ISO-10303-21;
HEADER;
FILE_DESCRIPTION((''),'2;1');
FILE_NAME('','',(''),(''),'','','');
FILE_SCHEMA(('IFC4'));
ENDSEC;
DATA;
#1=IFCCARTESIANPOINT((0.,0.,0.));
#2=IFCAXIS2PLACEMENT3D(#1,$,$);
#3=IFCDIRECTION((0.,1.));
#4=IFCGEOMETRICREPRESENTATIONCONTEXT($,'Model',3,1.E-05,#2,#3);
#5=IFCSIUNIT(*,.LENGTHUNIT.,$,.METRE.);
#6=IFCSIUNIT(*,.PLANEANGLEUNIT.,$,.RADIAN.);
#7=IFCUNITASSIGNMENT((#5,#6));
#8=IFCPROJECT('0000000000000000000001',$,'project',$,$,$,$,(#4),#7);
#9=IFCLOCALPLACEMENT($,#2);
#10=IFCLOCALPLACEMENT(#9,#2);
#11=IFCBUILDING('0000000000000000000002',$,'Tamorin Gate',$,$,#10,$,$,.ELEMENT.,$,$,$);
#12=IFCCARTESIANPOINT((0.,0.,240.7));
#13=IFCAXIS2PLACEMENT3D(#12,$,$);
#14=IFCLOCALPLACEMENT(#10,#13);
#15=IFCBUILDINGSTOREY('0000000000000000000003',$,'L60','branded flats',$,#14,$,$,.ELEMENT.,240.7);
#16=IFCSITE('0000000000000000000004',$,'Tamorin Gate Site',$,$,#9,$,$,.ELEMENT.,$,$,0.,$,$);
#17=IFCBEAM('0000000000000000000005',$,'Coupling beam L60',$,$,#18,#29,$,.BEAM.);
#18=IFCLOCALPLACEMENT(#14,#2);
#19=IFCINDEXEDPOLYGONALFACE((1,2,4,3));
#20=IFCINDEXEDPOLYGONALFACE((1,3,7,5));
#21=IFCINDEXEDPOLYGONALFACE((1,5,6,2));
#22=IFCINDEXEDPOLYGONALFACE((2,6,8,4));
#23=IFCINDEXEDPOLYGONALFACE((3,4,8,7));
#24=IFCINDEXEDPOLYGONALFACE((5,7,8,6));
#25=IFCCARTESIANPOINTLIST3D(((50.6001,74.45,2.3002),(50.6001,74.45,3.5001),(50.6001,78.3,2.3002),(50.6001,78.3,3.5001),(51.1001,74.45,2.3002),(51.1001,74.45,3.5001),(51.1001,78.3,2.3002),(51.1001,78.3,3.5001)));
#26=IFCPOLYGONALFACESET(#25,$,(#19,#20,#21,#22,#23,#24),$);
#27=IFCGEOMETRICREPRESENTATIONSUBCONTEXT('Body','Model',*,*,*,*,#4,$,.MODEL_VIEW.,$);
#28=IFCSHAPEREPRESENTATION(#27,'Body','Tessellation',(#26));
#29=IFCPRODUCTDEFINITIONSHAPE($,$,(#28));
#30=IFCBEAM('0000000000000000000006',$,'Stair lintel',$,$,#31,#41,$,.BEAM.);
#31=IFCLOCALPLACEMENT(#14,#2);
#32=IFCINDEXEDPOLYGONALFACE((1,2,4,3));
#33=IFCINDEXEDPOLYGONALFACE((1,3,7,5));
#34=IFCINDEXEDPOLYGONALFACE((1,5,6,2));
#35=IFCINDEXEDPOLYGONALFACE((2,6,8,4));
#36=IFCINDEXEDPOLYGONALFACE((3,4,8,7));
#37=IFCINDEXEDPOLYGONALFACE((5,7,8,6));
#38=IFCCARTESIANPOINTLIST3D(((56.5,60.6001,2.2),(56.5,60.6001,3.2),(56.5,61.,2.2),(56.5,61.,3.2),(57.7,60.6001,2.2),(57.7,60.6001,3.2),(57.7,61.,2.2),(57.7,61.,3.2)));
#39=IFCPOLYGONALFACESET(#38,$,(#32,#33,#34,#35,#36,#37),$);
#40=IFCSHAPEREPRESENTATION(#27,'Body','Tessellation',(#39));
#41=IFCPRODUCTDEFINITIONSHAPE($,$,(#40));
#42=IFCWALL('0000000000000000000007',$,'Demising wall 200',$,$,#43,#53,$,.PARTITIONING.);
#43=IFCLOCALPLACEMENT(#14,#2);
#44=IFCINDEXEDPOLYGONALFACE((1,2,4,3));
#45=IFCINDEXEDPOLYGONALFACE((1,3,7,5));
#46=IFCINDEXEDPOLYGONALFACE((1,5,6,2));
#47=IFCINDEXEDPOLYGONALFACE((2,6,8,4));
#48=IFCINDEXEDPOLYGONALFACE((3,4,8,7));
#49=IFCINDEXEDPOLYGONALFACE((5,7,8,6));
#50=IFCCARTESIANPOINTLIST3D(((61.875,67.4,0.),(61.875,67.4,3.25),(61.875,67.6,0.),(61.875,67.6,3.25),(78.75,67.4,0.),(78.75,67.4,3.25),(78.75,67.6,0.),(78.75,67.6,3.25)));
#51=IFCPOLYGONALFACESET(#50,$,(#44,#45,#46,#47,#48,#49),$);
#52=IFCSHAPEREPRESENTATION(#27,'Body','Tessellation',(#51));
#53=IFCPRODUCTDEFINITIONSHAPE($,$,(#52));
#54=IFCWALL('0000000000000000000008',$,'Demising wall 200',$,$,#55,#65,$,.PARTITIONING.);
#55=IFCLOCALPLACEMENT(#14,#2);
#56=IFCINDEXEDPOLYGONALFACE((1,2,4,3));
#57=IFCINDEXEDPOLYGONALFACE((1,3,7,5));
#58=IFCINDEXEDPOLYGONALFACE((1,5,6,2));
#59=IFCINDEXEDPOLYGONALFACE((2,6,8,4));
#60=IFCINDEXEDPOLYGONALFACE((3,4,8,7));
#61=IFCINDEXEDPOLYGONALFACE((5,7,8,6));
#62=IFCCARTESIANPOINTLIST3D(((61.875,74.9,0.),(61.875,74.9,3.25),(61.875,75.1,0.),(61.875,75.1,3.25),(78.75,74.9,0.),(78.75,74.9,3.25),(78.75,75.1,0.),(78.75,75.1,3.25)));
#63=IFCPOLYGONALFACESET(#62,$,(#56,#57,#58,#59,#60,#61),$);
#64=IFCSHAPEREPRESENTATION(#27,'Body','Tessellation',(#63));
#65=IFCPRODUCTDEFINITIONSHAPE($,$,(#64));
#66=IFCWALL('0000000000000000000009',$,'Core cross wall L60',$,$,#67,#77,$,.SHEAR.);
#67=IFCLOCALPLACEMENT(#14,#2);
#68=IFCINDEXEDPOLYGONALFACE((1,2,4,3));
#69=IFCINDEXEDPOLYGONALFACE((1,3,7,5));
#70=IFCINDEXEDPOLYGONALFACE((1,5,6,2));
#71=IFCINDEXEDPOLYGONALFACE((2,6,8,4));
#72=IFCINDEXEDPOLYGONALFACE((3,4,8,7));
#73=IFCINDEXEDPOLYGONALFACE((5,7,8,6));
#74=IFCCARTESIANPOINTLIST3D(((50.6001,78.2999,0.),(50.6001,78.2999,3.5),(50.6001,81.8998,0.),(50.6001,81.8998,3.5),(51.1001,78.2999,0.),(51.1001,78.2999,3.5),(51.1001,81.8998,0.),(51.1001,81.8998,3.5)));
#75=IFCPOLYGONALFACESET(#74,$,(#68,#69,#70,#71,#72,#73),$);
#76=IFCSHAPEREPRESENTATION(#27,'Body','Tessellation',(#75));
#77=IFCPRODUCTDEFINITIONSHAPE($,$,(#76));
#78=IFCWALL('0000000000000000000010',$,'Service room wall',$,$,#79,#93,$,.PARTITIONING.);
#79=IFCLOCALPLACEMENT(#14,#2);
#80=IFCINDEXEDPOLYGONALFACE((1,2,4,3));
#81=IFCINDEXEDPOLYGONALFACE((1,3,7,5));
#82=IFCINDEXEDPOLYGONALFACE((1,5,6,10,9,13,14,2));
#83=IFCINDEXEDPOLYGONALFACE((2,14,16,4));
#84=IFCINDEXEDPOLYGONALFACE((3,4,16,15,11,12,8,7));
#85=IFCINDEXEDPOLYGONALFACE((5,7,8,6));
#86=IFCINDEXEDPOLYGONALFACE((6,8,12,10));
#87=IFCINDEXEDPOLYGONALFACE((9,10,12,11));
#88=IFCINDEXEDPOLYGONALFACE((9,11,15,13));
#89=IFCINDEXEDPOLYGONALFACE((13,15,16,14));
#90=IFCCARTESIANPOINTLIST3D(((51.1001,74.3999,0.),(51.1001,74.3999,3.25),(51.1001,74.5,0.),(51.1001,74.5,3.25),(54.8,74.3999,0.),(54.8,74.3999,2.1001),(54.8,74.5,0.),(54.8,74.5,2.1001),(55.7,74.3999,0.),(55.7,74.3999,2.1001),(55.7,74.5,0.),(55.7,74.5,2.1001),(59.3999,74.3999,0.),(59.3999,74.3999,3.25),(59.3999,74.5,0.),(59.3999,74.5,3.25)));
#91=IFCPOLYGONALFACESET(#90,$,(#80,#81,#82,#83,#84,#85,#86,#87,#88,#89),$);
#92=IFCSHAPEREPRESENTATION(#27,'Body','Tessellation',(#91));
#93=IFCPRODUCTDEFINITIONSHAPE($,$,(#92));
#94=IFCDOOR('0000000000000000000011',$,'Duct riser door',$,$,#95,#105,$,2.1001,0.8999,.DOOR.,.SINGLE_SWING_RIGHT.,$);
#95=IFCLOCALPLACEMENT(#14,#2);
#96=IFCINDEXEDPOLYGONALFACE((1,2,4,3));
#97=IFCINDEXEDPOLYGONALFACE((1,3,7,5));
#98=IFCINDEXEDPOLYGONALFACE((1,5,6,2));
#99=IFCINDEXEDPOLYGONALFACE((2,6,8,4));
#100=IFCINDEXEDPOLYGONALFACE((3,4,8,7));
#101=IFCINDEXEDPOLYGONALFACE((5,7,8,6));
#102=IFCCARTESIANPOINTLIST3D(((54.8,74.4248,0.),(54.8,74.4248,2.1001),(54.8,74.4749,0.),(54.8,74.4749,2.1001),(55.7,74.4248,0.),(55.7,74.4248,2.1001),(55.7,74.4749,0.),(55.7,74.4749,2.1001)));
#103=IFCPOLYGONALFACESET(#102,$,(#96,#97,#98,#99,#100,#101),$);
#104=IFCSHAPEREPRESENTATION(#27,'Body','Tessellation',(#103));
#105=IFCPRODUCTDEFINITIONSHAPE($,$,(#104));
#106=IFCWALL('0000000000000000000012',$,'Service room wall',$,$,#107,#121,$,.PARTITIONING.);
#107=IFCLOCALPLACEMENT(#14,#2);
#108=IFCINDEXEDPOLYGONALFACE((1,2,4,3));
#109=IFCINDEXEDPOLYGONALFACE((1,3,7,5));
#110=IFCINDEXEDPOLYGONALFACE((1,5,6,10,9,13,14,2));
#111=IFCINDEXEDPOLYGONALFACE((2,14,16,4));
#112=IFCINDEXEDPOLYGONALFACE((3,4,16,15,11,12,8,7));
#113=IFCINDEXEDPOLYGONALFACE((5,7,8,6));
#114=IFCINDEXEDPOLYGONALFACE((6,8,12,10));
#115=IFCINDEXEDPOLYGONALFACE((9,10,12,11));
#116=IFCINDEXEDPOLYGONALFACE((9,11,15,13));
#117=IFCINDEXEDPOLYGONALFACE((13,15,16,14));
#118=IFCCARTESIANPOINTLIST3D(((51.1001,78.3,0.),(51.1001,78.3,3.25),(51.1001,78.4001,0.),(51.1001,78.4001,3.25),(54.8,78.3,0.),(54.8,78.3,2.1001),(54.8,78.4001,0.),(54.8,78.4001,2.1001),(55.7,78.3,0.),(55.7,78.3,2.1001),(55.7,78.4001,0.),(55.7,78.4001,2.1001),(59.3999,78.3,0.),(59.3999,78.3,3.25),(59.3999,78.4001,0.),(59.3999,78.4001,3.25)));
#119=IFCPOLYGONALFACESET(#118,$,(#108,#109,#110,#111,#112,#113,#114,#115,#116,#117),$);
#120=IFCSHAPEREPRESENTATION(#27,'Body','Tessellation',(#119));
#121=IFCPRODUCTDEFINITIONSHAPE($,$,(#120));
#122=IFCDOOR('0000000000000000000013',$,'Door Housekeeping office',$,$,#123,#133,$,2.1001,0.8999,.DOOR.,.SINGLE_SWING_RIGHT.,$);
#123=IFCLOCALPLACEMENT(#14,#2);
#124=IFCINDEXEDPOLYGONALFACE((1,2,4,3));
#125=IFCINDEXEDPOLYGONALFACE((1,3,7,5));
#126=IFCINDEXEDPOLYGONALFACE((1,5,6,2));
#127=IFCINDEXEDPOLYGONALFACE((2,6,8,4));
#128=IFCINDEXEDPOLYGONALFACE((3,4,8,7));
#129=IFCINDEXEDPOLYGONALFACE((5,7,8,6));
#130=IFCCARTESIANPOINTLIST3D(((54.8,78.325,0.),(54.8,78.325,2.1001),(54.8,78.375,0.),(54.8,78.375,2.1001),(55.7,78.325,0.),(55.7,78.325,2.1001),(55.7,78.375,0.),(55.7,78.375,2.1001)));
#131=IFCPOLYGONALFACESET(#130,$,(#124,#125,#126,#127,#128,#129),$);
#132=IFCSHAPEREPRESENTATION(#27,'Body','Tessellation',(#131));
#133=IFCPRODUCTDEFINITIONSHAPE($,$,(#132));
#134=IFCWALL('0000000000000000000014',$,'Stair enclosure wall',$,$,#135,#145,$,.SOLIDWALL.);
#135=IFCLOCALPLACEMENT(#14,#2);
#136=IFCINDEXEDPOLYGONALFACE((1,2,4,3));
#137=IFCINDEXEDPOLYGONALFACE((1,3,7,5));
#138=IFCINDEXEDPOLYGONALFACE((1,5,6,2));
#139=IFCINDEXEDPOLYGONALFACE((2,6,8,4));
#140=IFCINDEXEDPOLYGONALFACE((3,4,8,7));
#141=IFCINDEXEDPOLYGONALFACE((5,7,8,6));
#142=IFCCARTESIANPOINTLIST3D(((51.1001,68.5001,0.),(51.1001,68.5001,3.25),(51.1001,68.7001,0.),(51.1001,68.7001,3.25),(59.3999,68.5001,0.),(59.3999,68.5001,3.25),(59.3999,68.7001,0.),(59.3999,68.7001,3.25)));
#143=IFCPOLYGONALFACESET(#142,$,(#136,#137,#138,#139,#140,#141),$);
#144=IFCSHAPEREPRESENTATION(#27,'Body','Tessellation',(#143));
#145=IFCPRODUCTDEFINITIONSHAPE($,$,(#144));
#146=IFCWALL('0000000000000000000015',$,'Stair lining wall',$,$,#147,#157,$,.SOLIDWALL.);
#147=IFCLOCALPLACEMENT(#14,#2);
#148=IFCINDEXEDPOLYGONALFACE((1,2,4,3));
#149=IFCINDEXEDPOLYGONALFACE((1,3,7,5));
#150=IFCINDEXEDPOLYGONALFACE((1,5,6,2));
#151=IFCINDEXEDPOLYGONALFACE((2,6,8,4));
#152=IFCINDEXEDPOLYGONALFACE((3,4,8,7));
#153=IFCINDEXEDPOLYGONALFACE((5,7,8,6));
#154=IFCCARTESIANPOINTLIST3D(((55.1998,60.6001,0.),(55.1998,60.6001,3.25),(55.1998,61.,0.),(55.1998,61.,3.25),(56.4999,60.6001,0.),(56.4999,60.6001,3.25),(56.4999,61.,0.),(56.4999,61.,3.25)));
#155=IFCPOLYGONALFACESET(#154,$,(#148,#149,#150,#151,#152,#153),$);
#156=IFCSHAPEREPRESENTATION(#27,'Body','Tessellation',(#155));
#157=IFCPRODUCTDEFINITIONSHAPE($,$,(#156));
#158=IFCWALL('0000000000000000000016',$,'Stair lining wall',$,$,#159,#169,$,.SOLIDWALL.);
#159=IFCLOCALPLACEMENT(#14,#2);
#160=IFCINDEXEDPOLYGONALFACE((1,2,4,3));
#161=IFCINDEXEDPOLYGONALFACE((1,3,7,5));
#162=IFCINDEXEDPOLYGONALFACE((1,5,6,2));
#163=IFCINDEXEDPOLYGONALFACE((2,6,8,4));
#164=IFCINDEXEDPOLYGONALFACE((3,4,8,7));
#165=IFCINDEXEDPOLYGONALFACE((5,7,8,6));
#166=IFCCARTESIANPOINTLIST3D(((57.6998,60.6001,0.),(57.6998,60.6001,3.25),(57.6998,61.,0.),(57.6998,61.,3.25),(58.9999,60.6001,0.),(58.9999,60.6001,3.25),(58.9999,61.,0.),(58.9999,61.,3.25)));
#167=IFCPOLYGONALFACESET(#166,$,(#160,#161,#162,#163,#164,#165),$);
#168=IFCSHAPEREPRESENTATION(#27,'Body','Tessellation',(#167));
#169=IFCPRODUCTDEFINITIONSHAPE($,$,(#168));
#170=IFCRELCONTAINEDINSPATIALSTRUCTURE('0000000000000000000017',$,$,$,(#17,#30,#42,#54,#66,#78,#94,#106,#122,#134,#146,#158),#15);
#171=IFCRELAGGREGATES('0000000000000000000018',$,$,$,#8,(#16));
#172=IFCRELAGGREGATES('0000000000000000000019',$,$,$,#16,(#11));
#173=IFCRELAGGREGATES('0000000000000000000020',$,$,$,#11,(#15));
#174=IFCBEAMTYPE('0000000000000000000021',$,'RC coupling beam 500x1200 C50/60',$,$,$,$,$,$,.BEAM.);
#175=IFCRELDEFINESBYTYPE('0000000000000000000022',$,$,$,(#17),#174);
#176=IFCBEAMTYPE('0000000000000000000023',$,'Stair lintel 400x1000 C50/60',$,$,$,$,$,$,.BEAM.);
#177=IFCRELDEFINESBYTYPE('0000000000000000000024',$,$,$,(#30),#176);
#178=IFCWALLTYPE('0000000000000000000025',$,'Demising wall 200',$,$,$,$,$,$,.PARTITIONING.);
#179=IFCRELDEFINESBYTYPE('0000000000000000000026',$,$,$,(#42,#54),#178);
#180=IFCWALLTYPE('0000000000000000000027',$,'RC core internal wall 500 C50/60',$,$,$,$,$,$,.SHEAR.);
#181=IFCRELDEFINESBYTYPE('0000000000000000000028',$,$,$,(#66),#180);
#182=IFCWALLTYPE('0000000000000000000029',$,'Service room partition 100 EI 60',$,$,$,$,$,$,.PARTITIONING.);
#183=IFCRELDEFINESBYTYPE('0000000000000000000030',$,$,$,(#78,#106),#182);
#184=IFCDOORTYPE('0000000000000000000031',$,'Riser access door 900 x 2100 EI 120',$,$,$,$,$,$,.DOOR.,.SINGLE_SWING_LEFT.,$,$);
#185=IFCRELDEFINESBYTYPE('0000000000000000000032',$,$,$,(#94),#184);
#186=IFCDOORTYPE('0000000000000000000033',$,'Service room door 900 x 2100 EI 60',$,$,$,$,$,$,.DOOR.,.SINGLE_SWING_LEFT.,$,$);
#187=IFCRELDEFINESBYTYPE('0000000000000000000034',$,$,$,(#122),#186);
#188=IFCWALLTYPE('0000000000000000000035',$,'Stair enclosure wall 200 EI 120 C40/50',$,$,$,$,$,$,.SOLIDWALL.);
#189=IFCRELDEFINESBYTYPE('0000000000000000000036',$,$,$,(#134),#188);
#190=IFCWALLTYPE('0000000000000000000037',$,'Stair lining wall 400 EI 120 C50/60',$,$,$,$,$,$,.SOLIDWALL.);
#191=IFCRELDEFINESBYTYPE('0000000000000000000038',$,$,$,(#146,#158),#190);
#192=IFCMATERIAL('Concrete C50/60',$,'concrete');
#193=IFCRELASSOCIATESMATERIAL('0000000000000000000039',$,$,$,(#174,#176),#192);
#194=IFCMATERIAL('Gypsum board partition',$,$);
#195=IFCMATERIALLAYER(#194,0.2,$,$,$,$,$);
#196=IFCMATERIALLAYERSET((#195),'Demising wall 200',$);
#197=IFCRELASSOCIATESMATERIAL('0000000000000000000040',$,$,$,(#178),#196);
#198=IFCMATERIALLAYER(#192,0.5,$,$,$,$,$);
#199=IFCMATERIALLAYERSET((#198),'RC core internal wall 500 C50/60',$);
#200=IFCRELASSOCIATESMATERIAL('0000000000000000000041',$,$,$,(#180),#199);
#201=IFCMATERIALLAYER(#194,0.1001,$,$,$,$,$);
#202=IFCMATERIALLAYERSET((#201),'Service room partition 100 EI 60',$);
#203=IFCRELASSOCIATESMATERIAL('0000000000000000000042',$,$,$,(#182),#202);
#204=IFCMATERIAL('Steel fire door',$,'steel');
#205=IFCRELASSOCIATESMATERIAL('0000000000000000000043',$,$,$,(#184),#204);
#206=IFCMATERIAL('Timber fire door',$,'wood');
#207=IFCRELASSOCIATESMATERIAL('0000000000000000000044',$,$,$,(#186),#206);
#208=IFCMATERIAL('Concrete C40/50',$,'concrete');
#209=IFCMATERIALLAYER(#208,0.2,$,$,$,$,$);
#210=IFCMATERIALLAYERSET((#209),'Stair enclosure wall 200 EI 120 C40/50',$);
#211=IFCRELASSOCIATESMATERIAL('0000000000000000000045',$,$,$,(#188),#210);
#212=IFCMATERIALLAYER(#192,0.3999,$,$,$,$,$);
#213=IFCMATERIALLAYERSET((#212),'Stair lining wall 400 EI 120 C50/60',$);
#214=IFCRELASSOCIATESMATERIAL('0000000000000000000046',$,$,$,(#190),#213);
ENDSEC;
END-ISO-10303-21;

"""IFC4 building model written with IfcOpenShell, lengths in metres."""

from ifc_helpers import new_model, si_unit, direction, frame, frame_2d, origin, origin_2d, place, context, subcontext, project, spatial, rectangle, extrude, material, layer, layer_set, material_profile, profile_set, type_object, element, fill, save


model = new_model("IFC4")

# Units and contexts
model_context = context("Model", 3, precision=1e-05, world=origin(), true_north=direction((0.0, 1.0)))
body_context = subcontext(model_context, "Body", "Model", "MODEL_VIEW")
ifc_project = project(units=[si_unit("LENGTHUNIT", "METRE"), si_unit("PLANEANGLEUNIT", "RADIAN")], contexts=[model_context])

# Site, building, storey
site_placement = place(None, origin())
site = spatial("IfcSite", under=ifc_project, at=site_placement, Name="Tamorin Gate Site", CompositionType="ELEMENT", RefElevation=0.0)
building_placement = place(site_placement, origin())
building = spatial("IfcBuilding", under=site, at=building_placement, Name="Tamorin Gate", CompositionType="ELEMENT")
storey_placement = place(building_placement, frame((0.0, 0.0, 240.7)))
storey = spatial("IfcBuildingStorey", under=building, at=storey_placement, Name="L60", Description="branded flats", CompositionType="ELEMENT", Elevation=240.7)

# Beams
ifc_material_1 = material(Name="Concrete C50/60", Category="concrete")
ifc_material_profile_1 = material_profile(ifc_material_1, rectangle(XDim=0.5, YDim=1.2, at=origin_2d()), Name="RC 500x1200")
ifc_profile_set_1 = profile_set([ifc_material_profile_1], Name="Concrete C50/60")
beam_type_1 = type_object("IfcBeamType", Name="RC coupling beam 500x1200 C50/60", PredefinedType="BEAM", material=ifc_profile_set_1)
beam_1_placement = place(storey_placement, frame((50.8501, 74.45, 2.9001), z_axis=(0.0, 1.0, 0.0), x_axis=(-1.0, 0.0, 0.0)))
element("IfcBeam", 1, at=beam_1_placement, inside=storey, type_object=beam_type_1, Name="Coupling beam L60", PredefinedType="BEAM", context=body_context, shape_type="SweptSolid", body=[
    extrude(rectangle(XDim=0.5, YDim=1.2, at=origin_2d()), origin(), (0.0, 0.0, 1.0), 3.8501),
])
ifc_material_profile_2 = material_profile(ifc_material_1, rectangle(XDim=0.3999, YDim=1.0, at=origin_2d()))
ifc_profile_set_2 = profile_set([ifc_material_profile_2], Name="Concrete C50/60")
beam_type_2 = type_object("IfcBeamType", Name="Stair lintel 400x1000 C50/60", PredefinedType="BEAM", material=ifc_profile_set_2)
beam_2_placement = place(storey_placement, frame((56.5, 60.8, 2.7), z_axis=(1.0, 0.0, 0.0), x_axis=(0.0, 1.0, 0.0)))
element("IfcBeam", 2, at=beam_2_placement, inside=storey, type_object=beam_type_2, Name="Stair lintel", PredefinedType="BEAM", context=body_context, shape_type="SweptSolid", body=[
    extrude(rectangle(XDim=0.3999, YDim=1.0, at=origin_2d()), origin(), (0.0, 0.0, 1.0), 1.2),
])

# Walls
ifc_material_2 = material(Name="Gypsum board partition")
ifc_layer_1 = layer(ifc_material_2, 0.2)
ifc_layer_set_1 = layer_set([ifc_layer_1], Name="Demising wall 200")
wall_type_1 = type_object("IfcWallType", Name="Demising wall 200", PredefinedType="PARTITIONING", material=ifc_layer_set_1)
for number, where, z_axis, x_axis, name in (
    (3, (61.875, 67.5, 0.0), (0.0, 0.0, 1.0), (1.0, 0.0, 0.0), "Demising wall 200"),
    (4, (61.875, 75.0, 0.0), (0.0, 0.0, 1.0), (1.0, 0.0, 0.0), "Demising wall 200"),
):
    element("IfcWall", number, at=place(storey_placement, frame(where, z_axis=z_axis, x_axis=x_axis)), inside=storey, type_object=wall_type_1, Name=name, PredefinedType="PARTITIONING", context=body_context, shape_type="SweptSolid", body=[
        extrude(rectangle(XDim=16.875, YDim=0.2, at=frame_2d((8.4375, 0.0))), origin(), (0.0, 0.0, 1.0), 3.25),
    ])
ifc_layer_2 = layer(ifc_material_1, 0.5)
ifc_layer_set_2 = layer_set([ifc_layer_2], Name="RC core internal wall 500 C50/60")
wall_type_2 = type_object("IfcWallType", Name="RC core internal wall 500 C50/60", PredefinedType="SHEAR", material=ifc_layer_set_2)
wall_1_placement = place(storey_placement, frame((50.8501, 78.3, 0.0), z_axis=(0.0, 0.0, 1.0), x_axis=(0.0, 1.0, 0.0)))
element("IfcWall", 5, at=wall_1_placement, inside=storey, type_object=wall_type_2, Name="Core cross wall L60", PredefinedType="SHEAR", context=body_context, shape_type="SweptSolid", body=[
    extrude(rectangle(XDim=3.5999, YDim=0.5, at=frame_2d((1.7998, 0.0))), origin(), (0.0, 0.0, 1.0), 3.5),
])

# Walls, openings, doors
ifc_layer_3 = layer(ifc_material_2, 0.1001)
ifc_layer_set_3 = layer_set([ifc_layer_3], Name="Service room partition 100 EI 60")
wall_type_3 = type_object("IfcWallType", Name="Service room partition 100 EI 60", PredefinedType="PARTITIONING", material=ifc_layer_set_3)
wall_2_placement = place(storey_placement, frame((51.1001, 74.45, 0.0), z_axis=(0.0, 0.0, 1.0), x_axis=(1.0, 0.0, 0.0)))
wall_2 = element("IfcWall", 6, at=wall_2_placement, inside=storey, type_object=wall_type_3, Name="Service room wall", PredefinedType="PARTITIONING", context=body_context, shape_type="SweptSolid", body=[
    extrude(rectangle(XDim=8.2998, YDim=0.1001, at=frame_2d((4.1499, 0.0))), origin(), (0.0, 0.0, 1.0), 3.25),
])
opening_1_placement = place(wall_2_placement, frame((3.7, 0.0, 0.0)))
opening_1 = element("IfcOpeningElement", 7, at=opening_1_placement, cuts=wall_2, PredefinedType="OPENING", context=body_context, shape_type="SweptSolid", body=[
    extrude(rectangle(XDim=0.8999, YDim=2.1001, at=frame_2d((0.45, 1.05))), frame((0.0, 0.0601, 0.0), z_axis=(0.0, -1.0, 0.0), x_axis=(1.0, 0.0, 0.0)), (0.0, 0.0, 1.0), 0.1201),
])
ifc_material_3 = material(Name="Steel fire door", Category="steel")
door_type_1 = type_object("IfcDoorType", Name="Riser access door 900 x 2100 EI 120", OperationType="SINGLE_SWING_LEFT", PredefinedType="DOOR", material=ifc_material_3)
door_1_placement = place(opening_1_placement, origin())
door_1 = element("IfcDoor", 8, at=door_1_placement, inside=storey, type_object=door_type_1, Name="Duct riser door", OperationType="SINGLE_SWING_RIGHT", OverallHeight=2.1001, OverallWidth=0.8999, PredefinedType="DOOR", context=body_context, shape_type="SweptSolid", body=[
    extrude(rectangle(XDim=0.8999, YDim=2.1001, at=frame_2d((0.45, 1.05))), frame((0.0, 0.0249, 0.0), z_axis=(0.0, -1.0, 0.0), x_axis=(1.0, 0.0, 0.0)), (0.0, 0.0, 1.0), 0.05),
])
fill(opening_1, door_1)
wall_3_placement = place(storey_placement, frame((51.1001, 78.3501, 0.0), z_axis=(0.0, 0.0, 1.0), x_axis=(1.0, 0.0, 0.0)))
wall_3 = element("IfcWall", 9, at=wall_3_placement, inside=storey, type_object=wall_type_3, Name="Service room wall", PredefinedType="PARTITIONING", context=body_context, shape_type="SweptSolid", body=[
    extrude(rectangle(XDim=8.2998, YDim=0.1001, at=frame_2d((4.1499, 0.0))), origin(), (0.0, 0.0, 1.0), 3.25),
])
opening_2_placement = place(wall_3_placement, frame((3.7, 0.0, 0.0)))
opening_2 = element("IfcOpeningElement", 10, at=opening_2_placement, cuts=wall_3, PredefinedType="OPENING", context=body_context, shape_type="SweptSolid", body=[
    extrude(rectangle(XDim=0.8999, YDim=2.1001, at=frame_2d((0.45, 1.05))), frame((0.0, 0.0601, 0.0), z_axis=(0.0, -1.0, 0.0), x_axis=(1.0, 0.0, 0.0)), (0.0, 0.0, 1.0), 0.1201),
])
ifc_material_4 = material(Name="Timber fire door", Category="wood")
door_type_2 = type_object("IfcDoorType", Name="Service room door 900 x 2100 EI 60", OperationType="SINGLE_SWING_LEFT", PredefinedType="DOOR", material=ifc_material_4)
door_2_placement = place(opening_2_placement, origin())
door_2 = element("IfcDoor", 11, at=door_2_placement, inside=storey, type_object=door_type_2, Name="Door Housekeeping office", OperationType="SINGLE_SWING_RIGHT", OverallHeight=2.1001, OverallWidth=0.8999, PredefinedType="DOOR", context=body_context, shape_type="SweptSolid", body=[
    extrude(rectangle(XDim=0.8999, YDim=2.1001, at=frame_2d((0.45, 1.05))), frame((0.0, 0.0249, 0.0), z_axis=(0.0, -1.0, 0.0), x_axis=(1.0, 0.0, 0.0)), (0.0, 0.0, 1.0), 0.05),
])
fill(opening_2, door_2)

# Walls
ifc_material_5 = material(Name="Concrete C40/50", Category="concrete")
ifc_layer_4 = layer(ifc_material_5, 0.2)
ifc_layer_set_4 = layer_set([ifc_layer_4], Name="Stair enclosure wall 200 EI 120 C40/50")
wall_type_4 = type_object("IfcWallType", Name="Stair enclosure wall 200 EI 120 C40/50", PredefinedType="SOLIDWALL", material=ifc_layer_set_4)
wall_4_placement = place(storey_placement, frame((51.1001, 68.6001, 0.0), z_axis=(0.0, 0.0, 1.0), x_axis=(1.0, 0.0, 0.0)))
element("IfcWall", 12, at=wall_4_placement, inside=storey, type_object=wall_type_4, Name="Stair enclosure wall", PredefinedType="SOLIDWALL", context=body_context, shape_type="SweptSolid", body=[
    extrude(rectangle(XDim=8.2998, YDim=0.2, at=frame_2d((4.1499, 0.0))), origin(), (0.0, 0.0, 1.0), 3.25),
])
ifc_layer_5 = layer(ifc_material_1, 0.3999)
ifc_layer_set_5 = layer_set([ifc_layer_5], Name="Stair lining wall 400 EI 120 C50/60")
wall_type_5 = type_object("IfcWallType", Name="Stair lining wall 400 EI 120 C50/60", PredefinedType="SOLIDWALL", material=ifc_layer_set_5)
for number, where, z_axis, x_axis, name in (
    (13, (55.2, 60.8, 0.0), (0.0, 0.0, 1.0), (1.0, 0.0, 0.0), "Stair lining wall"),
    (14, (57.7, 60.8, 0.0), (0.0, 0.0, 1.0), (1.0, 0.0, 0.0), "Stair lining wall"),
):
    element("IfcWall", number, at=place(storey_placement, frame(where, z_axis=z_axis, x_axis=x_axis)), inside=storey, type_object=wall_type_5, Name=name, PredefinedType="SOLIDWALL", context=body_context, shape_type="SweptSolid", body=[
        extrude(rectangle(XDim=1.3, YDim=0.3999, at=frame_2d((0.6499, 0.0))), origin(), (0.0, 0.0, 1.0), 3.25),
    ])

save(model, "model.ifc")
